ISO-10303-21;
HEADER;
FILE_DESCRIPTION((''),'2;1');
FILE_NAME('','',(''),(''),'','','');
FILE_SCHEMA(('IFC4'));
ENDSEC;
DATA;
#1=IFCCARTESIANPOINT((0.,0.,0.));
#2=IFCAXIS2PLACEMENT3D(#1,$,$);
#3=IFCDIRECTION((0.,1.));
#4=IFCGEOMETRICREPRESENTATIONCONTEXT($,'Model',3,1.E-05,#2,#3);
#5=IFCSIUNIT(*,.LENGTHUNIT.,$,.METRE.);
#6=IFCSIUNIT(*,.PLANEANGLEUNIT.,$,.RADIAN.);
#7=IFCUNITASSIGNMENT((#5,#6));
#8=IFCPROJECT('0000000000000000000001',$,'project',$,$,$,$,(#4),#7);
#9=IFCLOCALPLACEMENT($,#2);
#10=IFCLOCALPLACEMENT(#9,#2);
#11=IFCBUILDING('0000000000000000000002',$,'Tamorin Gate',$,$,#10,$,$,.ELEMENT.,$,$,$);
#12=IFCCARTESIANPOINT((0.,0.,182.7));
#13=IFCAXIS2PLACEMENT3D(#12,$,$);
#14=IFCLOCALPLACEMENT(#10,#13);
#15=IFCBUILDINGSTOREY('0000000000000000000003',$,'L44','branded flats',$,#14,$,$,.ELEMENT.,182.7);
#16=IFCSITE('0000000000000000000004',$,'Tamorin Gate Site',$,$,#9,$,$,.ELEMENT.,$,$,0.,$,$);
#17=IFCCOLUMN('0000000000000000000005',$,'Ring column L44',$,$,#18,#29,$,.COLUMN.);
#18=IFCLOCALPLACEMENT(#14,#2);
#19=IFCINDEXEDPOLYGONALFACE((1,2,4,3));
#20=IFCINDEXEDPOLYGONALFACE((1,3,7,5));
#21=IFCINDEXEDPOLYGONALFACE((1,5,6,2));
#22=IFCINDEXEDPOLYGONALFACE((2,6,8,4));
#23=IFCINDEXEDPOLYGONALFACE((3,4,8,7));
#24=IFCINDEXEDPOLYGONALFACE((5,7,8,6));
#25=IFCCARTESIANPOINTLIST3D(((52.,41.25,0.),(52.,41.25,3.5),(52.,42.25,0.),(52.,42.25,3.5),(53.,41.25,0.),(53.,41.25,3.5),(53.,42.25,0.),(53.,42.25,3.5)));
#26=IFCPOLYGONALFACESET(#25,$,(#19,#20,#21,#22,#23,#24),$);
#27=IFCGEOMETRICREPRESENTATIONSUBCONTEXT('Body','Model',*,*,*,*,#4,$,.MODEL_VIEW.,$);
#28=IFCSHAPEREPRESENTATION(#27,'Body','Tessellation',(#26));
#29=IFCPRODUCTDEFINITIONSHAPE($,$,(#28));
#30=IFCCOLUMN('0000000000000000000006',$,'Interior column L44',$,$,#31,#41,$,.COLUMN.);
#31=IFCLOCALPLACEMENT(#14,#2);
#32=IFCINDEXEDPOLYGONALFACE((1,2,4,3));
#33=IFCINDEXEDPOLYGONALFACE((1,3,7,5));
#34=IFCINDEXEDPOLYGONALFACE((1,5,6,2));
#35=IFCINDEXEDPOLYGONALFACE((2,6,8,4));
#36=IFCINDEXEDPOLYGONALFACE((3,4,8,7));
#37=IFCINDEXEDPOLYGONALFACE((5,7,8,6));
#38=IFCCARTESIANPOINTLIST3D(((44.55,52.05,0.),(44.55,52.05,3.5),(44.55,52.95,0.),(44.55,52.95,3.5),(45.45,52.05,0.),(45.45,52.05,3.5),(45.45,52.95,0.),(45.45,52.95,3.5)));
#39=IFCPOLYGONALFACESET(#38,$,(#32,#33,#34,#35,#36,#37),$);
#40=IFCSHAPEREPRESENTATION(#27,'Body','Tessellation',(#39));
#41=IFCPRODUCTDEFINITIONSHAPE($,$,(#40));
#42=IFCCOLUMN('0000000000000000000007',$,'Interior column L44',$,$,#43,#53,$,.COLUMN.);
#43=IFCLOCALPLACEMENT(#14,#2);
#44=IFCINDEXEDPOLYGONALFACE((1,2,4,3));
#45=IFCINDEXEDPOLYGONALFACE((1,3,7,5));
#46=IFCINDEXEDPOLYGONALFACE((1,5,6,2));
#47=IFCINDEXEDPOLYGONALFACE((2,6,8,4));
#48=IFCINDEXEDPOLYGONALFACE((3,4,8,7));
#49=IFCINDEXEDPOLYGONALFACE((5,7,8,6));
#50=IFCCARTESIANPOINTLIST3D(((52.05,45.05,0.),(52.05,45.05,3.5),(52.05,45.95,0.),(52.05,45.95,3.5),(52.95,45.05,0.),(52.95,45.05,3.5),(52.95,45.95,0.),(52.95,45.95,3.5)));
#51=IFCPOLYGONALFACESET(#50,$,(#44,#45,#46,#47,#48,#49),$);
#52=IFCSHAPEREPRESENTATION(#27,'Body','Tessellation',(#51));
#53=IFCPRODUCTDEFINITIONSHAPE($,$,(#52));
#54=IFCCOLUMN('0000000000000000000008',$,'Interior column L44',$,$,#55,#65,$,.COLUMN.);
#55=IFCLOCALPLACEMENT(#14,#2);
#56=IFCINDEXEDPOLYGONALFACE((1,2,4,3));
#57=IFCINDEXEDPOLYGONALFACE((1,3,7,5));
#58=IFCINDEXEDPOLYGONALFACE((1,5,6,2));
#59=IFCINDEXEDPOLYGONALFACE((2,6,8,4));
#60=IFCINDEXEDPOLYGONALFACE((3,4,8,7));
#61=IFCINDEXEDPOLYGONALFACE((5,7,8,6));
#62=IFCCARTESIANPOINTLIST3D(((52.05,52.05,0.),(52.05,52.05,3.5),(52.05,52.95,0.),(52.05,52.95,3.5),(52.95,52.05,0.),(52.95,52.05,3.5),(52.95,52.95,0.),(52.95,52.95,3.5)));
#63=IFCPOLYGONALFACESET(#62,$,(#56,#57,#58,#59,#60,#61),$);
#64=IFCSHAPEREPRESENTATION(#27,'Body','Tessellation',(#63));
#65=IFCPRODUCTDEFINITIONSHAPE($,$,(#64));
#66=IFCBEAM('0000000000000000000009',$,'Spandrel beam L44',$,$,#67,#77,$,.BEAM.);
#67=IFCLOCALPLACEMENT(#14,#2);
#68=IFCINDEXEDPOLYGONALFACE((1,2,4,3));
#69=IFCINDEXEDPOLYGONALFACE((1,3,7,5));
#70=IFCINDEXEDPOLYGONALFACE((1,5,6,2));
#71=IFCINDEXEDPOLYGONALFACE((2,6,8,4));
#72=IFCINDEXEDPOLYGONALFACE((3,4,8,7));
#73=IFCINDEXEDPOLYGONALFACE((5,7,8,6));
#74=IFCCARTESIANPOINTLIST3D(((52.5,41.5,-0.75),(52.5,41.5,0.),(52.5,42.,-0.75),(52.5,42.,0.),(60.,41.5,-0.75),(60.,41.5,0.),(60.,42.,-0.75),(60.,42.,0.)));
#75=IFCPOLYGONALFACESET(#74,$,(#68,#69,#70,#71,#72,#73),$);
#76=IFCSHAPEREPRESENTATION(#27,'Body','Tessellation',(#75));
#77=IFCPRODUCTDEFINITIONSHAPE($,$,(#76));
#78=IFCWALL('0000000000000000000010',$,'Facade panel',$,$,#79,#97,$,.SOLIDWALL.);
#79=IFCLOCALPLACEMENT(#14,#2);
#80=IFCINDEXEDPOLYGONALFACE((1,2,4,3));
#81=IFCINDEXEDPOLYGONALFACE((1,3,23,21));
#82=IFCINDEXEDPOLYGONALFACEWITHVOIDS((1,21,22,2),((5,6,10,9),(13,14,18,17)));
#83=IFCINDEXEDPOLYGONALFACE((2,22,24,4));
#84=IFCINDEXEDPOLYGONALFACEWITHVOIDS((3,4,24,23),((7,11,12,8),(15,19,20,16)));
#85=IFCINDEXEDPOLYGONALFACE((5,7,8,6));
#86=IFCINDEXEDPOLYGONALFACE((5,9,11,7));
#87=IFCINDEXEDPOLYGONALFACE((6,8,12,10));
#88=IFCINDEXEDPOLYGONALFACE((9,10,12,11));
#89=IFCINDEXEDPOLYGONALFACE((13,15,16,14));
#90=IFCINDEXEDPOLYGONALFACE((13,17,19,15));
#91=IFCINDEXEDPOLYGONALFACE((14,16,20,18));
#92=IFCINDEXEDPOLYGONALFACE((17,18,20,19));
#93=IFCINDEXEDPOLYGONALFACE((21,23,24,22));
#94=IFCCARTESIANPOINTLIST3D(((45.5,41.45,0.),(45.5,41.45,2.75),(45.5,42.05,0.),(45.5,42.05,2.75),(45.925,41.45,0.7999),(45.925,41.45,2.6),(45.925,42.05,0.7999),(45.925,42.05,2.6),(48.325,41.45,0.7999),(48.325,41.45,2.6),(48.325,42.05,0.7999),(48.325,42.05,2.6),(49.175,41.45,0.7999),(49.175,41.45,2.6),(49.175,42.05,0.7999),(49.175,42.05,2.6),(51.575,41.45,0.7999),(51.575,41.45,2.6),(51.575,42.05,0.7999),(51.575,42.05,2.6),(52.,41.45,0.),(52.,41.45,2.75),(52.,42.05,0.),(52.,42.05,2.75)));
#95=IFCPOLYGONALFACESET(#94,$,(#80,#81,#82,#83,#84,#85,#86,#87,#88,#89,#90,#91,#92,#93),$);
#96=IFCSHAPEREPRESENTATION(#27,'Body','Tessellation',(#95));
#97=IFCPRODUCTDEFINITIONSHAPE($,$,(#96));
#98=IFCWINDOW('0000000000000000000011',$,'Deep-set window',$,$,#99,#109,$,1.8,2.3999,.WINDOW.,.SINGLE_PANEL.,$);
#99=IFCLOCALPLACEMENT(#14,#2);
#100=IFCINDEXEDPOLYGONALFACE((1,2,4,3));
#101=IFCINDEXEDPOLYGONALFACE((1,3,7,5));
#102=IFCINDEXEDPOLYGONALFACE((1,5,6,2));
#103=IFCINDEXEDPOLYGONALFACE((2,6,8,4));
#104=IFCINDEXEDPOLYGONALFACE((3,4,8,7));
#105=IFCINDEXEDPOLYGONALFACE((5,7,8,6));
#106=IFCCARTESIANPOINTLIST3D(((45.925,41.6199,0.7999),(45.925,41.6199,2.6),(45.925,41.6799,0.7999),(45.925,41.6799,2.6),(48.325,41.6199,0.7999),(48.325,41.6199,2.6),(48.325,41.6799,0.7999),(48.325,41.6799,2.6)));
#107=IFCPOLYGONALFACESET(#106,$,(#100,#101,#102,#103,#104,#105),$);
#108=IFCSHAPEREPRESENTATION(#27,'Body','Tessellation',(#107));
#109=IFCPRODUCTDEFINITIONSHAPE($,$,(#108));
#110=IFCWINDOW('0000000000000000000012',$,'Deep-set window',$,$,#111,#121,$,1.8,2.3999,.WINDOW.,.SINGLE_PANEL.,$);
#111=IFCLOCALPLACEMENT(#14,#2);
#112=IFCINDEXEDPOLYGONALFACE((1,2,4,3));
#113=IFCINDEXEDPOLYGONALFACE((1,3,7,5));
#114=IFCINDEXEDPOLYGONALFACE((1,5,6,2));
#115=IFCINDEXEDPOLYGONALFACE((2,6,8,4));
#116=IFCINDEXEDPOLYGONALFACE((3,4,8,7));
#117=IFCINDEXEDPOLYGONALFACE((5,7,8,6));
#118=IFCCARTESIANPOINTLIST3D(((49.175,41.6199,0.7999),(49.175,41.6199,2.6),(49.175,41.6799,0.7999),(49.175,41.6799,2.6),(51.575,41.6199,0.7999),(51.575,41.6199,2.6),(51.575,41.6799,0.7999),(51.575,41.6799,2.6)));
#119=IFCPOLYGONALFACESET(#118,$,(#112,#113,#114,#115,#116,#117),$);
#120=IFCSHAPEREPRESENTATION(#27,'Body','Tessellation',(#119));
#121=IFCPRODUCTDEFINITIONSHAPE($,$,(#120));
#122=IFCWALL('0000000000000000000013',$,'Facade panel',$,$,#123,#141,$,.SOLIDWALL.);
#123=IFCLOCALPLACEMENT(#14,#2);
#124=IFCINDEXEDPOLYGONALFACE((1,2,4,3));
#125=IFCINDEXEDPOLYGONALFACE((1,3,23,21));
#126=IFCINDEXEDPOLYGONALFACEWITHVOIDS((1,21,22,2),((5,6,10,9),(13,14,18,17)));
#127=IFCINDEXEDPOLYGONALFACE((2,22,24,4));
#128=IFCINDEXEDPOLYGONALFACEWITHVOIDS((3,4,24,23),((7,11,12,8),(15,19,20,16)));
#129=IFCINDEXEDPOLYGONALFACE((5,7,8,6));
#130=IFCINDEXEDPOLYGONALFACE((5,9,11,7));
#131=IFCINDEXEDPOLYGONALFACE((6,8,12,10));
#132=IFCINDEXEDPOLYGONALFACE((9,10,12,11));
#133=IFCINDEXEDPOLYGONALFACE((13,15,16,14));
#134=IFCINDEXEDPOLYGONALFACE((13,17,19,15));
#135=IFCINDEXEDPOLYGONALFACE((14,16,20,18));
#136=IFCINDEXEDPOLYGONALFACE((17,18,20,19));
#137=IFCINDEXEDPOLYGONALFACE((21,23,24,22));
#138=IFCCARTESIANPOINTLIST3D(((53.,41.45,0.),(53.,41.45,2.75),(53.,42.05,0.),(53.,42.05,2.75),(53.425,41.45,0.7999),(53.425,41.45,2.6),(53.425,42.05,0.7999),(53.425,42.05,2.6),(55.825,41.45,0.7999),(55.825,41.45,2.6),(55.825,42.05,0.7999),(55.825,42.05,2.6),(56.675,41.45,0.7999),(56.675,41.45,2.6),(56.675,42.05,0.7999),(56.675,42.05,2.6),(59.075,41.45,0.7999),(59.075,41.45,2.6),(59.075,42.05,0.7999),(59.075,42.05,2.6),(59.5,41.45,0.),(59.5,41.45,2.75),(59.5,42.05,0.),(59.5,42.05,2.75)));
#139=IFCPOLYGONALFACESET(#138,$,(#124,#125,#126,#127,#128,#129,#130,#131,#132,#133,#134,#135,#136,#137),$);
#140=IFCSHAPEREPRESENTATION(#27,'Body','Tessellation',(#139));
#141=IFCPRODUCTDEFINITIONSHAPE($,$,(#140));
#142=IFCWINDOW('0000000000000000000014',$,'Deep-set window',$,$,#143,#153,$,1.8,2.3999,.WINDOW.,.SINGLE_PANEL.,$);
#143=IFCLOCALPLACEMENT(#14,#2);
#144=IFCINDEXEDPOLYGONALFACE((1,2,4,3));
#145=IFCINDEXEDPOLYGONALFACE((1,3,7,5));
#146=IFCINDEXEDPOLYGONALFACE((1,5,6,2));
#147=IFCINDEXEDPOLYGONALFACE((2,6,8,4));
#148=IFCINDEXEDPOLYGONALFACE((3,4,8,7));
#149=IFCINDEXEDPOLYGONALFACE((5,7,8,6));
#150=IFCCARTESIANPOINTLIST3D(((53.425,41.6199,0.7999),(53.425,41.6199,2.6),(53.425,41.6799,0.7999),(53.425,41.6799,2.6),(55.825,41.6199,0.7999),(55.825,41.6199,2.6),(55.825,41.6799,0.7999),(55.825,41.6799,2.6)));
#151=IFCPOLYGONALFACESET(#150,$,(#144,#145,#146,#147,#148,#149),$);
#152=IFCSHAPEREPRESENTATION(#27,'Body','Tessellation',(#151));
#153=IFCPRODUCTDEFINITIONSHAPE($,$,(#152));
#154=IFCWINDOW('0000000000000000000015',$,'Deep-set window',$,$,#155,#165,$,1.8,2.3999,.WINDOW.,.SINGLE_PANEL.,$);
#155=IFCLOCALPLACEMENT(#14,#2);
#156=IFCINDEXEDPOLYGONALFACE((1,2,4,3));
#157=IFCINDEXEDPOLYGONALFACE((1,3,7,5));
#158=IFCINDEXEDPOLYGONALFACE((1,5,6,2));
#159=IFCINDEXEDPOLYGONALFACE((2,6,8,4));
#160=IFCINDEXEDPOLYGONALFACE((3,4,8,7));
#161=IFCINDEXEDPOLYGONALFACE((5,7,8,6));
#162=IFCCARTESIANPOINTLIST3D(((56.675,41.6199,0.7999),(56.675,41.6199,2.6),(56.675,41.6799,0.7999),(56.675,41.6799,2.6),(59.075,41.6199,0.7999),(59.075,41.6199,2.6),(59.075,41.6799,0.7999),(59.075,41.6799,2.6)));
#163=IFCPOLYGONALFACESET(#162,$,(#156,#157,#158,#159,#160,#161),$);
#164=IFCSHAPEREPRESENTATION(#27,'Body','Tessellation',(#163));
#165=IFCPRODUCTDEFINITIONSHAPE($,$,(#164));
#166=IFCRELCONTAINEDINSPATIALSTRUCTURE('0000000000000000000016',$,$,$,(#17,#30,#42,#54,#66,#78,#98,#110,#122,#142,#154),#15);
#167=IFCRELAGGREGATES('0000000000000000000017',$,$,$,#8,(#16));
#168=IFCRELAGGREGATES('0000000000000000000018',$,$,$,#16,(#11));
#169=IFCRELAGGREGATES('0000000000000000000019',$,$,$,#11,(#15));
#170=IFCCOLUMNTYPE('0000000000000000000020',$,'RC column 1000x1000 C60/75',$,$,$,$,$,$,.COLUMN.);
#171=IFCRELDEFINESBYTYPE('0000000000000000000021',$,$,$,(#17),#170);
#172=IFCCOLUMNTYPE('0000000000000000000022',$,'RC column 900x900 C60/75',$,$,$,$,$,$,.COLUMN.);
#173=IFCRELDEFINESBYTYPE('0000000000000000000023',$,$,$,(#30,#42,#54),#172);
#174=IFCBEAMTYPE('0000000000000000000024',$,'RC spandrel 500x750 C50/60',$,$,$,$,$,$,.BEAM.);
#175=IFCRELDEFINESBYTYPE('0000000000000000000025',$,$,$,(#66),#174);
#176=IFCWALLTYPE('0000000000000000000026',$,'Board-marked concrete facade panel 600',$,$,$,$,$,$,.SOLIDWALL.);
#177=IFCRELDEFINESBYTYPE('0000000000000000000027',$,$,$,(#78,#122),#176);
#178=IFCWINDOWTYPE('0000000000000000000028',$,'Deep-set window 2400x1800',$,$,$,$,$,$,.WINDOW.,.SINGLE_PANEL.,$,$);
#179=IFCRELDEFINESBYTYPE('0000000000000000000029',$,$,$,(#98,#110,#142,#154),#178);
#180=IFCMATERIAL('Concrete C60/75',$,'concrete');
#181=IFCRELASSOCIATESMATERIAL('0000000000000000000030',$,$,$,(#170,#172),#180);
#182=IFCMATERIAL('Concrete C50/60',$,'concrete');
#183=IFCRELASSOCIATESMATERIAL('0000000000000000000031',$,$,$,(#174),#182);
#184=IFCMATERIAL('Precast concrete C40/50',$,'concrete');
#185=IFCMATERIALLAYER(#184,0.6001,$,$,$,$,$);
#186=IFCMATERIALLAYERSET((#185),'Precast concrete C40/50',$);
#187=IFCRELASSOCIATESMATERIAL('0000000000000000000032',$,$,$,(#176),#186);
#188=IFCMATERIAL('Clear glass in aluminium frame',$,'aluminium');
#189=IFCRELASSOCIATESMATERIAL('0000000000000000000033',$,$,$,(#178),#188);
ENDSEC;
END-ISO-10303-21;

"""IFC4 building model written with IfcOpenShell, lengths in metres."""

from ifc_helpers import new_model, si_unit, direction, frame, frame_2d, origin, origin_2d, place, context, subcontext, project, spatial, rectangle, extrude, material, layer, layer_set, material_profile, profile_set, type_object, element, fill, save


model = new_model("IFC4")

# Units and contexts
model_context = context("Model", 3, precision=1e-05, world=origin(), true_north=direction((0.0, 1.0)))
body_context = subcontext(model_context, "Body", "Model", "MODEL_VIEW")
ifc_project = project(units=[si_unit("LENGTHUNIT", "METRE"), si_unit("PLANEANGLEUNIT", "RADIAN")], contexts=[model_context])

# Site, building, storey
site_placement = place(None, origin())
site = spatial("IfcSite", under=ifc_project, at=site_placement, Name="Tamorin Gate Site", CompositionType="ELEMENT", RefElevation=0.0)
building_placement = place(site_placement, origin())
building = spatial("IfcBuilding", under=site, at=building_placement, Name="Tamorin Gate", CompositionType="ELEMENT")
storey_placement = place(building_placement, frame((0.0, 0.0, 182.7)))
storey = spatial("IfcBuildingStorey", under=building, at=storey_placement, Name="L44", Description="branded flats", CompositionType="ELEMENT", Elevation=182.7)

# Columns
ifc_material_1 = material(Name="Concrete C60/75", Category="concrete")
ifc_material_profile_1 = material_profile(ifc_material_1, rectangle(XDim=1.0, YDim=1.0, at=origin_2d()), Name="RC 1000x1000")
ifc_profile_set_1 = profile_set([ifc_material_profile_1], Name="Concrete C60/75")
column_type_1 = type_object("IfcColumnType", Name="RC column 1000x1000 C60/75", PredefinedType="COLUMN", material=ifc_profile_set_1)
column_placement = place(storey_placement, frame((52.5, 41.75, 0.0), z_axis=(0.0, 0.0, 1.0), x_axis=(1.0, 0.0, 0.0)))
element("IfcColumn", 1, at=column_placement, inside=storey, type_object=column_type_1, Name="Ring column L44", PredefinedType="COLUMN", context=body_context, shape_type="SweptSolid", body=[
    extrude(rectangle(XDim=1.0, YDim=1.0, at=origin_2d()), origin(), (0.0, 0.0, 1.0), 3.5),
])
ifc_material_profile_2 = material_profile(ifc_material_1, rectangle(XDim=0.8999, YDim=0.8999, at=origin_2d()), Name="RC 900x900")
ifc_profile_set_2 = profile_set([ifc_material_profile_2], Name="Concrete C60/75")
column_type_2 = type_object("IfcColumnType", Name="RC column 900x900 C60/75", PredefinedType="COLUMN", material=ifc_profile_set_2)
for number, where, z_axis, x_axis, name in (
    (2, (45.0, 52.5, 0.0), (0.0, 0.0, 1.0), (1.0, 0.0, 0.0), "Interior column L44"),
    (3, (52.5, 45.5, 0.0), (0.0, 0.0, 1.0), (1.0, 0.0, 0.0), "Interior column L44"),
    (4, (52.5, 52.5, 0.0), (0.0, 0.0, 1.0), (1.0, 0.0, 0.0), "Interior column L44"),
):
    element("IfcColumn", number, at=place(storey_placement, frame(where, z_axis=z_axis, x_axis=x_axis)), inside=storey, type_object=column_type_2, Name=name, PredefinedType="COLUMN", context=body_context, shape_type="SweptSolid", body=[
        extrude(rectangle(XDim=0.8999, YDim=0.8999, at=origin_2d()), origin(), (0.0, 0.0, 1.0), 3.5),
    ])

# Beam
ifc_material_2 = material(Name="Concrete C50/60", Category="concrete")
ifc_material_profile_3 = material_profile(ifc_material_2, rectangle(XDim=0.5, YDim=0.75, at=origin_2d()), Name="RC 500x750")
ifc_profile_set_3 = profile_set([ifc_material_profile_3], Name="Concrete C50/60")
beam_type = type_object("IfcBeamType", Name="RC spandrel 500x750 C50/60", PredefinedType="BEAM", material=ifc_profile_set_3)
beam_placement = place(storey_placement, frame((52.5, 41.75, -0.375), z_axis=(1.0, 0.0, 0.0), x_axis=(0.0, 1.0, 0.0)))
element("IfcBeam", 5, at=beam_placement, inside=storey, type_object=beam_type, Name="Spandrel beam L44", PredefinedType="BEAM", context=body_context, shape_type="SweptSolid", body=[
    extrude(rectangle(XDim=0.5, YDim=0.75, at=origin_2d()), origin(), (0.0, 0.0, 1.0), 7.5),
])

# Walls, openings, windows
ifc_material_3 = material(Name="Precast concrete C40/50", Category="concrete")
ifc_layer_1 = layer(ifc_material_3, 0.6001)
ifc_layer_set_1 = layer_set([ifc_layer_1], Name="Precast concrete C40/50")
wall_type_1 = type_object("IfcWallType", Name="Board-marked concrete facade panel 600", PredefinedType="SOLIDWALL", material=ifc_layer_set_1)
wall_1_placement = place(storey_placement, frame((45.5, 41.75, 0.0), z_axis=(0.0, 0.0, 1.0), x_axis=(1.0, 0.0, 0.0)))
wall_1 = element("IfcWall", 6, at=wall_1_placement, inside=storey, type_object=wall_type_1, Name="Facade panel", PredefinedType="SOLIDWALL", context=body_context, shape_type="SweptSolid", body=[
    extrude(rectangle(XDim=6.5, YDim=0.6001, at=frame_2d((3.25, 0.0))), origin(), (0.0, 0.0, 1.0), 2.75),
])
opening_1_placement = place(wall_1_placement, frame((0.425, 0.0, 0.8)))
opening_1 = element("IfcOpeningElement", 7, at=opening_1_placement, cuts=wall_1, PredefinedType="OPENING", context=body_context, shape_type="SweptSolid", body=[
    extrude(rectangle(XDim=2.3999, YDim=1.8, at=frame_2d((1.2, 0.8999))), frame((0.0, 0.3101, 0.0), z_axis=(0.0, -1.0, 0.0), x_axis=(1.0, 0.0, 0.0)), (0.0, 0.0, 1.0), 0.6201),
])
opening_2_placement = place(wall_1_placement, frame((3.675, 0.0, 0.8)))
opening_2 = element("IfcOpeningElement", 8, at=opening_2_placement, cuts=wall_1, PredefinedType="OPENING", context=body_context, shape_type="SweptSolid", body=[
    extrude(rectangle(XDim=2.3999, YDim=1.8, at=frame_2d((1.2, 0.8999))), frame((0.0, 0.3101, 0.0), z_axis=(0.0, -1.0, 0.0), x_axis=(1.0, 0.0, 0.0)), (0.0, 0.0, 1.0), 0.6201),
])
ifc_material_4 = material(Name="Clear glass in aluminium frame", Category="aluminium")
window_type = type_object("IfcWindowType", Name="Deep-set window 2400x1800", PartitioningType="SINGLE_PANEL", PredefinedType="WINDOW", material=ifc_material_4)
window_1_placement = place(opening_1_placement, origin())
window_1 = element("IfcWindow", 9, at=window_1_placement, inside=storey, type_object=window_type, Name="Deep-set window", OverallHeight=1.8, OverallWidth=2.3999, PartitioningType="SINGLE_PANEL", PredefinedType="WINDOW", context=body_context, shape_type="SweptSolid", body=[
    extrude(rectangle(XDim=2.3999, YDim=1.8, at=frame_2d((1.2, 0.8999))), frame((0.0, -0.0701, 0.0), z_axis=(0.0, -1.0, 0.0), x_axis=(1.0, 0.0, 0.0)), (0.0, 0.0, 1.0), 0.0601),
])
fill(opening_1, window_1)
window_2_placement = place(opening_2_placement, origin())
window_2 = element("IfcWindow", 10, at=window_2_placement, inside=storey, type_object=window_type, Name="Deep-set window", OverallHeight=1.8, OverallWidth=2.3999, PartitioningType="SINGLE_PANEL", PredefinedType="WINDOW", context=body_context, shape_type="SweptSolid", body=[
    extrude(rectangle(XDim=2.3999, YDim=1.8, at=frame_2d((1.2, 0.8999))), frame((0.0, -0.0701, 0.0), z_axis=(0.0, -1.0, 0.0), x_axis=(1.0, 0.0, 0.0)), (0.0, 0.0, 1.0), 0.0601),
])
fill(opening_2, window_2)
wall_2_placement = place(storey_placement, frame((53.0, 41.75, 0.0), z_axis=(0.0, 0.0, 1.0), x_axis=(1.0, 0.0, 0.0)))
wall_2 = element("IfcWall", 11, at=wall_2_placement, inside=storey, type_object=wall_type_1, Name="Facade panel", PredefinedType="SOLIDWALL", context=body_context, shape_type="SweptSolid", body=[
    extrude(rectangle(XDim=6.5, YDim=0.6001, at=frame_2d((3.25, 0.0))), origin(), (0.0, 0.0, 1.0), 2.75),
])
opening_3_placement = place(wall_2_placement, frame((0.425, 0.0, 0.8)))
opening_3 = element("IfcOpeningElement", 12, at=opening_3_placement, cuts=wall_2, PredefinedType="OPENING", context=body_context, shape_type="SweptSolid", body=[
    extrude(rectangle(XDim=2.3999, YDim=1.8, at=frame_2d((1.2, 0.8999))), frame((0.0, 0.3101, 0.0), z_axis=(0.0, -1.0, 0.0), x_axis=(1.0, 0.0, 0.0)), (0.0, 0.0, 1.0), 0.6201),
])
opening_4_placement = place(wall_2_placement, frame((3.675, 0.0, 0.8)))
opening_4 = element("IfcOpeningElement", 13, at=opening_4_placement, cuts=wall_2, PredefinedType="OPENING", context=body_context, shape_type="SweptSolid", body=[
    extrude(rectangle(XDim=2.3999, YDim=1.8, at=frame_2d((1.2, 0.8999))), frame((0.0, 0.3101, 0.0), z_axis=(0.0, -1.0, 0.0), x_axis=(1.0, 0.0, 0.0)), (0.0, 0.0, 1.0), 0.6201),
])
window_3_placement = place(opening_3_placement, origin())
window_3 = element("IfcWindow", 14, at=window_3_placement, inside=storey, type_object=window_type, Name="Deep-set window", OverallHeight=1.8, OverallWidth=2.3999, PartitioningType="SINGLE_PANEL", PredefinedType="WINDOW", context=body_context, shape_type="SweptSolid", body=[
    extrude(rectangle(XDim=2.3999, YDim=1.8, at=frame_2d((1.2, 0.8999))), frame((0.0, -0.0701, 0.0), z_axis=(0.0, -1.0, 0.0), x_axis=(1.0, 0.0, 0.0)), (0.0, 0.0, 1.0), 0.0601),
])
fill(opening_3, window_3)
window_4_placement = place(opening_4_placement, origin())
window_4 = element("IfcWindow", 15, at=window_4_placement, inside=storey, type_object=window_type, Name="Deep-set window", OverallHeight=1.8, OverallWidth=2.3999, PartitioningType="SINGLE_PANEL", PredefinedType="WINDOW", context=body_context, shape_type="SweptSolid", body=[
    extrude(rectangle(XDim=2.3999, YDim=1.8, at=frame_2d((1.2, 0.8999))), frame((0.0, -0.0701, 0.0), z_axis=(0.0, -1.0, 0.0), x_axis=(1.0, 0.0, 0.0)), (0.0, 0.0, 1.0), 0.0601),
])
fill(opening_4, window_4)

save(model, "model.ifc")
